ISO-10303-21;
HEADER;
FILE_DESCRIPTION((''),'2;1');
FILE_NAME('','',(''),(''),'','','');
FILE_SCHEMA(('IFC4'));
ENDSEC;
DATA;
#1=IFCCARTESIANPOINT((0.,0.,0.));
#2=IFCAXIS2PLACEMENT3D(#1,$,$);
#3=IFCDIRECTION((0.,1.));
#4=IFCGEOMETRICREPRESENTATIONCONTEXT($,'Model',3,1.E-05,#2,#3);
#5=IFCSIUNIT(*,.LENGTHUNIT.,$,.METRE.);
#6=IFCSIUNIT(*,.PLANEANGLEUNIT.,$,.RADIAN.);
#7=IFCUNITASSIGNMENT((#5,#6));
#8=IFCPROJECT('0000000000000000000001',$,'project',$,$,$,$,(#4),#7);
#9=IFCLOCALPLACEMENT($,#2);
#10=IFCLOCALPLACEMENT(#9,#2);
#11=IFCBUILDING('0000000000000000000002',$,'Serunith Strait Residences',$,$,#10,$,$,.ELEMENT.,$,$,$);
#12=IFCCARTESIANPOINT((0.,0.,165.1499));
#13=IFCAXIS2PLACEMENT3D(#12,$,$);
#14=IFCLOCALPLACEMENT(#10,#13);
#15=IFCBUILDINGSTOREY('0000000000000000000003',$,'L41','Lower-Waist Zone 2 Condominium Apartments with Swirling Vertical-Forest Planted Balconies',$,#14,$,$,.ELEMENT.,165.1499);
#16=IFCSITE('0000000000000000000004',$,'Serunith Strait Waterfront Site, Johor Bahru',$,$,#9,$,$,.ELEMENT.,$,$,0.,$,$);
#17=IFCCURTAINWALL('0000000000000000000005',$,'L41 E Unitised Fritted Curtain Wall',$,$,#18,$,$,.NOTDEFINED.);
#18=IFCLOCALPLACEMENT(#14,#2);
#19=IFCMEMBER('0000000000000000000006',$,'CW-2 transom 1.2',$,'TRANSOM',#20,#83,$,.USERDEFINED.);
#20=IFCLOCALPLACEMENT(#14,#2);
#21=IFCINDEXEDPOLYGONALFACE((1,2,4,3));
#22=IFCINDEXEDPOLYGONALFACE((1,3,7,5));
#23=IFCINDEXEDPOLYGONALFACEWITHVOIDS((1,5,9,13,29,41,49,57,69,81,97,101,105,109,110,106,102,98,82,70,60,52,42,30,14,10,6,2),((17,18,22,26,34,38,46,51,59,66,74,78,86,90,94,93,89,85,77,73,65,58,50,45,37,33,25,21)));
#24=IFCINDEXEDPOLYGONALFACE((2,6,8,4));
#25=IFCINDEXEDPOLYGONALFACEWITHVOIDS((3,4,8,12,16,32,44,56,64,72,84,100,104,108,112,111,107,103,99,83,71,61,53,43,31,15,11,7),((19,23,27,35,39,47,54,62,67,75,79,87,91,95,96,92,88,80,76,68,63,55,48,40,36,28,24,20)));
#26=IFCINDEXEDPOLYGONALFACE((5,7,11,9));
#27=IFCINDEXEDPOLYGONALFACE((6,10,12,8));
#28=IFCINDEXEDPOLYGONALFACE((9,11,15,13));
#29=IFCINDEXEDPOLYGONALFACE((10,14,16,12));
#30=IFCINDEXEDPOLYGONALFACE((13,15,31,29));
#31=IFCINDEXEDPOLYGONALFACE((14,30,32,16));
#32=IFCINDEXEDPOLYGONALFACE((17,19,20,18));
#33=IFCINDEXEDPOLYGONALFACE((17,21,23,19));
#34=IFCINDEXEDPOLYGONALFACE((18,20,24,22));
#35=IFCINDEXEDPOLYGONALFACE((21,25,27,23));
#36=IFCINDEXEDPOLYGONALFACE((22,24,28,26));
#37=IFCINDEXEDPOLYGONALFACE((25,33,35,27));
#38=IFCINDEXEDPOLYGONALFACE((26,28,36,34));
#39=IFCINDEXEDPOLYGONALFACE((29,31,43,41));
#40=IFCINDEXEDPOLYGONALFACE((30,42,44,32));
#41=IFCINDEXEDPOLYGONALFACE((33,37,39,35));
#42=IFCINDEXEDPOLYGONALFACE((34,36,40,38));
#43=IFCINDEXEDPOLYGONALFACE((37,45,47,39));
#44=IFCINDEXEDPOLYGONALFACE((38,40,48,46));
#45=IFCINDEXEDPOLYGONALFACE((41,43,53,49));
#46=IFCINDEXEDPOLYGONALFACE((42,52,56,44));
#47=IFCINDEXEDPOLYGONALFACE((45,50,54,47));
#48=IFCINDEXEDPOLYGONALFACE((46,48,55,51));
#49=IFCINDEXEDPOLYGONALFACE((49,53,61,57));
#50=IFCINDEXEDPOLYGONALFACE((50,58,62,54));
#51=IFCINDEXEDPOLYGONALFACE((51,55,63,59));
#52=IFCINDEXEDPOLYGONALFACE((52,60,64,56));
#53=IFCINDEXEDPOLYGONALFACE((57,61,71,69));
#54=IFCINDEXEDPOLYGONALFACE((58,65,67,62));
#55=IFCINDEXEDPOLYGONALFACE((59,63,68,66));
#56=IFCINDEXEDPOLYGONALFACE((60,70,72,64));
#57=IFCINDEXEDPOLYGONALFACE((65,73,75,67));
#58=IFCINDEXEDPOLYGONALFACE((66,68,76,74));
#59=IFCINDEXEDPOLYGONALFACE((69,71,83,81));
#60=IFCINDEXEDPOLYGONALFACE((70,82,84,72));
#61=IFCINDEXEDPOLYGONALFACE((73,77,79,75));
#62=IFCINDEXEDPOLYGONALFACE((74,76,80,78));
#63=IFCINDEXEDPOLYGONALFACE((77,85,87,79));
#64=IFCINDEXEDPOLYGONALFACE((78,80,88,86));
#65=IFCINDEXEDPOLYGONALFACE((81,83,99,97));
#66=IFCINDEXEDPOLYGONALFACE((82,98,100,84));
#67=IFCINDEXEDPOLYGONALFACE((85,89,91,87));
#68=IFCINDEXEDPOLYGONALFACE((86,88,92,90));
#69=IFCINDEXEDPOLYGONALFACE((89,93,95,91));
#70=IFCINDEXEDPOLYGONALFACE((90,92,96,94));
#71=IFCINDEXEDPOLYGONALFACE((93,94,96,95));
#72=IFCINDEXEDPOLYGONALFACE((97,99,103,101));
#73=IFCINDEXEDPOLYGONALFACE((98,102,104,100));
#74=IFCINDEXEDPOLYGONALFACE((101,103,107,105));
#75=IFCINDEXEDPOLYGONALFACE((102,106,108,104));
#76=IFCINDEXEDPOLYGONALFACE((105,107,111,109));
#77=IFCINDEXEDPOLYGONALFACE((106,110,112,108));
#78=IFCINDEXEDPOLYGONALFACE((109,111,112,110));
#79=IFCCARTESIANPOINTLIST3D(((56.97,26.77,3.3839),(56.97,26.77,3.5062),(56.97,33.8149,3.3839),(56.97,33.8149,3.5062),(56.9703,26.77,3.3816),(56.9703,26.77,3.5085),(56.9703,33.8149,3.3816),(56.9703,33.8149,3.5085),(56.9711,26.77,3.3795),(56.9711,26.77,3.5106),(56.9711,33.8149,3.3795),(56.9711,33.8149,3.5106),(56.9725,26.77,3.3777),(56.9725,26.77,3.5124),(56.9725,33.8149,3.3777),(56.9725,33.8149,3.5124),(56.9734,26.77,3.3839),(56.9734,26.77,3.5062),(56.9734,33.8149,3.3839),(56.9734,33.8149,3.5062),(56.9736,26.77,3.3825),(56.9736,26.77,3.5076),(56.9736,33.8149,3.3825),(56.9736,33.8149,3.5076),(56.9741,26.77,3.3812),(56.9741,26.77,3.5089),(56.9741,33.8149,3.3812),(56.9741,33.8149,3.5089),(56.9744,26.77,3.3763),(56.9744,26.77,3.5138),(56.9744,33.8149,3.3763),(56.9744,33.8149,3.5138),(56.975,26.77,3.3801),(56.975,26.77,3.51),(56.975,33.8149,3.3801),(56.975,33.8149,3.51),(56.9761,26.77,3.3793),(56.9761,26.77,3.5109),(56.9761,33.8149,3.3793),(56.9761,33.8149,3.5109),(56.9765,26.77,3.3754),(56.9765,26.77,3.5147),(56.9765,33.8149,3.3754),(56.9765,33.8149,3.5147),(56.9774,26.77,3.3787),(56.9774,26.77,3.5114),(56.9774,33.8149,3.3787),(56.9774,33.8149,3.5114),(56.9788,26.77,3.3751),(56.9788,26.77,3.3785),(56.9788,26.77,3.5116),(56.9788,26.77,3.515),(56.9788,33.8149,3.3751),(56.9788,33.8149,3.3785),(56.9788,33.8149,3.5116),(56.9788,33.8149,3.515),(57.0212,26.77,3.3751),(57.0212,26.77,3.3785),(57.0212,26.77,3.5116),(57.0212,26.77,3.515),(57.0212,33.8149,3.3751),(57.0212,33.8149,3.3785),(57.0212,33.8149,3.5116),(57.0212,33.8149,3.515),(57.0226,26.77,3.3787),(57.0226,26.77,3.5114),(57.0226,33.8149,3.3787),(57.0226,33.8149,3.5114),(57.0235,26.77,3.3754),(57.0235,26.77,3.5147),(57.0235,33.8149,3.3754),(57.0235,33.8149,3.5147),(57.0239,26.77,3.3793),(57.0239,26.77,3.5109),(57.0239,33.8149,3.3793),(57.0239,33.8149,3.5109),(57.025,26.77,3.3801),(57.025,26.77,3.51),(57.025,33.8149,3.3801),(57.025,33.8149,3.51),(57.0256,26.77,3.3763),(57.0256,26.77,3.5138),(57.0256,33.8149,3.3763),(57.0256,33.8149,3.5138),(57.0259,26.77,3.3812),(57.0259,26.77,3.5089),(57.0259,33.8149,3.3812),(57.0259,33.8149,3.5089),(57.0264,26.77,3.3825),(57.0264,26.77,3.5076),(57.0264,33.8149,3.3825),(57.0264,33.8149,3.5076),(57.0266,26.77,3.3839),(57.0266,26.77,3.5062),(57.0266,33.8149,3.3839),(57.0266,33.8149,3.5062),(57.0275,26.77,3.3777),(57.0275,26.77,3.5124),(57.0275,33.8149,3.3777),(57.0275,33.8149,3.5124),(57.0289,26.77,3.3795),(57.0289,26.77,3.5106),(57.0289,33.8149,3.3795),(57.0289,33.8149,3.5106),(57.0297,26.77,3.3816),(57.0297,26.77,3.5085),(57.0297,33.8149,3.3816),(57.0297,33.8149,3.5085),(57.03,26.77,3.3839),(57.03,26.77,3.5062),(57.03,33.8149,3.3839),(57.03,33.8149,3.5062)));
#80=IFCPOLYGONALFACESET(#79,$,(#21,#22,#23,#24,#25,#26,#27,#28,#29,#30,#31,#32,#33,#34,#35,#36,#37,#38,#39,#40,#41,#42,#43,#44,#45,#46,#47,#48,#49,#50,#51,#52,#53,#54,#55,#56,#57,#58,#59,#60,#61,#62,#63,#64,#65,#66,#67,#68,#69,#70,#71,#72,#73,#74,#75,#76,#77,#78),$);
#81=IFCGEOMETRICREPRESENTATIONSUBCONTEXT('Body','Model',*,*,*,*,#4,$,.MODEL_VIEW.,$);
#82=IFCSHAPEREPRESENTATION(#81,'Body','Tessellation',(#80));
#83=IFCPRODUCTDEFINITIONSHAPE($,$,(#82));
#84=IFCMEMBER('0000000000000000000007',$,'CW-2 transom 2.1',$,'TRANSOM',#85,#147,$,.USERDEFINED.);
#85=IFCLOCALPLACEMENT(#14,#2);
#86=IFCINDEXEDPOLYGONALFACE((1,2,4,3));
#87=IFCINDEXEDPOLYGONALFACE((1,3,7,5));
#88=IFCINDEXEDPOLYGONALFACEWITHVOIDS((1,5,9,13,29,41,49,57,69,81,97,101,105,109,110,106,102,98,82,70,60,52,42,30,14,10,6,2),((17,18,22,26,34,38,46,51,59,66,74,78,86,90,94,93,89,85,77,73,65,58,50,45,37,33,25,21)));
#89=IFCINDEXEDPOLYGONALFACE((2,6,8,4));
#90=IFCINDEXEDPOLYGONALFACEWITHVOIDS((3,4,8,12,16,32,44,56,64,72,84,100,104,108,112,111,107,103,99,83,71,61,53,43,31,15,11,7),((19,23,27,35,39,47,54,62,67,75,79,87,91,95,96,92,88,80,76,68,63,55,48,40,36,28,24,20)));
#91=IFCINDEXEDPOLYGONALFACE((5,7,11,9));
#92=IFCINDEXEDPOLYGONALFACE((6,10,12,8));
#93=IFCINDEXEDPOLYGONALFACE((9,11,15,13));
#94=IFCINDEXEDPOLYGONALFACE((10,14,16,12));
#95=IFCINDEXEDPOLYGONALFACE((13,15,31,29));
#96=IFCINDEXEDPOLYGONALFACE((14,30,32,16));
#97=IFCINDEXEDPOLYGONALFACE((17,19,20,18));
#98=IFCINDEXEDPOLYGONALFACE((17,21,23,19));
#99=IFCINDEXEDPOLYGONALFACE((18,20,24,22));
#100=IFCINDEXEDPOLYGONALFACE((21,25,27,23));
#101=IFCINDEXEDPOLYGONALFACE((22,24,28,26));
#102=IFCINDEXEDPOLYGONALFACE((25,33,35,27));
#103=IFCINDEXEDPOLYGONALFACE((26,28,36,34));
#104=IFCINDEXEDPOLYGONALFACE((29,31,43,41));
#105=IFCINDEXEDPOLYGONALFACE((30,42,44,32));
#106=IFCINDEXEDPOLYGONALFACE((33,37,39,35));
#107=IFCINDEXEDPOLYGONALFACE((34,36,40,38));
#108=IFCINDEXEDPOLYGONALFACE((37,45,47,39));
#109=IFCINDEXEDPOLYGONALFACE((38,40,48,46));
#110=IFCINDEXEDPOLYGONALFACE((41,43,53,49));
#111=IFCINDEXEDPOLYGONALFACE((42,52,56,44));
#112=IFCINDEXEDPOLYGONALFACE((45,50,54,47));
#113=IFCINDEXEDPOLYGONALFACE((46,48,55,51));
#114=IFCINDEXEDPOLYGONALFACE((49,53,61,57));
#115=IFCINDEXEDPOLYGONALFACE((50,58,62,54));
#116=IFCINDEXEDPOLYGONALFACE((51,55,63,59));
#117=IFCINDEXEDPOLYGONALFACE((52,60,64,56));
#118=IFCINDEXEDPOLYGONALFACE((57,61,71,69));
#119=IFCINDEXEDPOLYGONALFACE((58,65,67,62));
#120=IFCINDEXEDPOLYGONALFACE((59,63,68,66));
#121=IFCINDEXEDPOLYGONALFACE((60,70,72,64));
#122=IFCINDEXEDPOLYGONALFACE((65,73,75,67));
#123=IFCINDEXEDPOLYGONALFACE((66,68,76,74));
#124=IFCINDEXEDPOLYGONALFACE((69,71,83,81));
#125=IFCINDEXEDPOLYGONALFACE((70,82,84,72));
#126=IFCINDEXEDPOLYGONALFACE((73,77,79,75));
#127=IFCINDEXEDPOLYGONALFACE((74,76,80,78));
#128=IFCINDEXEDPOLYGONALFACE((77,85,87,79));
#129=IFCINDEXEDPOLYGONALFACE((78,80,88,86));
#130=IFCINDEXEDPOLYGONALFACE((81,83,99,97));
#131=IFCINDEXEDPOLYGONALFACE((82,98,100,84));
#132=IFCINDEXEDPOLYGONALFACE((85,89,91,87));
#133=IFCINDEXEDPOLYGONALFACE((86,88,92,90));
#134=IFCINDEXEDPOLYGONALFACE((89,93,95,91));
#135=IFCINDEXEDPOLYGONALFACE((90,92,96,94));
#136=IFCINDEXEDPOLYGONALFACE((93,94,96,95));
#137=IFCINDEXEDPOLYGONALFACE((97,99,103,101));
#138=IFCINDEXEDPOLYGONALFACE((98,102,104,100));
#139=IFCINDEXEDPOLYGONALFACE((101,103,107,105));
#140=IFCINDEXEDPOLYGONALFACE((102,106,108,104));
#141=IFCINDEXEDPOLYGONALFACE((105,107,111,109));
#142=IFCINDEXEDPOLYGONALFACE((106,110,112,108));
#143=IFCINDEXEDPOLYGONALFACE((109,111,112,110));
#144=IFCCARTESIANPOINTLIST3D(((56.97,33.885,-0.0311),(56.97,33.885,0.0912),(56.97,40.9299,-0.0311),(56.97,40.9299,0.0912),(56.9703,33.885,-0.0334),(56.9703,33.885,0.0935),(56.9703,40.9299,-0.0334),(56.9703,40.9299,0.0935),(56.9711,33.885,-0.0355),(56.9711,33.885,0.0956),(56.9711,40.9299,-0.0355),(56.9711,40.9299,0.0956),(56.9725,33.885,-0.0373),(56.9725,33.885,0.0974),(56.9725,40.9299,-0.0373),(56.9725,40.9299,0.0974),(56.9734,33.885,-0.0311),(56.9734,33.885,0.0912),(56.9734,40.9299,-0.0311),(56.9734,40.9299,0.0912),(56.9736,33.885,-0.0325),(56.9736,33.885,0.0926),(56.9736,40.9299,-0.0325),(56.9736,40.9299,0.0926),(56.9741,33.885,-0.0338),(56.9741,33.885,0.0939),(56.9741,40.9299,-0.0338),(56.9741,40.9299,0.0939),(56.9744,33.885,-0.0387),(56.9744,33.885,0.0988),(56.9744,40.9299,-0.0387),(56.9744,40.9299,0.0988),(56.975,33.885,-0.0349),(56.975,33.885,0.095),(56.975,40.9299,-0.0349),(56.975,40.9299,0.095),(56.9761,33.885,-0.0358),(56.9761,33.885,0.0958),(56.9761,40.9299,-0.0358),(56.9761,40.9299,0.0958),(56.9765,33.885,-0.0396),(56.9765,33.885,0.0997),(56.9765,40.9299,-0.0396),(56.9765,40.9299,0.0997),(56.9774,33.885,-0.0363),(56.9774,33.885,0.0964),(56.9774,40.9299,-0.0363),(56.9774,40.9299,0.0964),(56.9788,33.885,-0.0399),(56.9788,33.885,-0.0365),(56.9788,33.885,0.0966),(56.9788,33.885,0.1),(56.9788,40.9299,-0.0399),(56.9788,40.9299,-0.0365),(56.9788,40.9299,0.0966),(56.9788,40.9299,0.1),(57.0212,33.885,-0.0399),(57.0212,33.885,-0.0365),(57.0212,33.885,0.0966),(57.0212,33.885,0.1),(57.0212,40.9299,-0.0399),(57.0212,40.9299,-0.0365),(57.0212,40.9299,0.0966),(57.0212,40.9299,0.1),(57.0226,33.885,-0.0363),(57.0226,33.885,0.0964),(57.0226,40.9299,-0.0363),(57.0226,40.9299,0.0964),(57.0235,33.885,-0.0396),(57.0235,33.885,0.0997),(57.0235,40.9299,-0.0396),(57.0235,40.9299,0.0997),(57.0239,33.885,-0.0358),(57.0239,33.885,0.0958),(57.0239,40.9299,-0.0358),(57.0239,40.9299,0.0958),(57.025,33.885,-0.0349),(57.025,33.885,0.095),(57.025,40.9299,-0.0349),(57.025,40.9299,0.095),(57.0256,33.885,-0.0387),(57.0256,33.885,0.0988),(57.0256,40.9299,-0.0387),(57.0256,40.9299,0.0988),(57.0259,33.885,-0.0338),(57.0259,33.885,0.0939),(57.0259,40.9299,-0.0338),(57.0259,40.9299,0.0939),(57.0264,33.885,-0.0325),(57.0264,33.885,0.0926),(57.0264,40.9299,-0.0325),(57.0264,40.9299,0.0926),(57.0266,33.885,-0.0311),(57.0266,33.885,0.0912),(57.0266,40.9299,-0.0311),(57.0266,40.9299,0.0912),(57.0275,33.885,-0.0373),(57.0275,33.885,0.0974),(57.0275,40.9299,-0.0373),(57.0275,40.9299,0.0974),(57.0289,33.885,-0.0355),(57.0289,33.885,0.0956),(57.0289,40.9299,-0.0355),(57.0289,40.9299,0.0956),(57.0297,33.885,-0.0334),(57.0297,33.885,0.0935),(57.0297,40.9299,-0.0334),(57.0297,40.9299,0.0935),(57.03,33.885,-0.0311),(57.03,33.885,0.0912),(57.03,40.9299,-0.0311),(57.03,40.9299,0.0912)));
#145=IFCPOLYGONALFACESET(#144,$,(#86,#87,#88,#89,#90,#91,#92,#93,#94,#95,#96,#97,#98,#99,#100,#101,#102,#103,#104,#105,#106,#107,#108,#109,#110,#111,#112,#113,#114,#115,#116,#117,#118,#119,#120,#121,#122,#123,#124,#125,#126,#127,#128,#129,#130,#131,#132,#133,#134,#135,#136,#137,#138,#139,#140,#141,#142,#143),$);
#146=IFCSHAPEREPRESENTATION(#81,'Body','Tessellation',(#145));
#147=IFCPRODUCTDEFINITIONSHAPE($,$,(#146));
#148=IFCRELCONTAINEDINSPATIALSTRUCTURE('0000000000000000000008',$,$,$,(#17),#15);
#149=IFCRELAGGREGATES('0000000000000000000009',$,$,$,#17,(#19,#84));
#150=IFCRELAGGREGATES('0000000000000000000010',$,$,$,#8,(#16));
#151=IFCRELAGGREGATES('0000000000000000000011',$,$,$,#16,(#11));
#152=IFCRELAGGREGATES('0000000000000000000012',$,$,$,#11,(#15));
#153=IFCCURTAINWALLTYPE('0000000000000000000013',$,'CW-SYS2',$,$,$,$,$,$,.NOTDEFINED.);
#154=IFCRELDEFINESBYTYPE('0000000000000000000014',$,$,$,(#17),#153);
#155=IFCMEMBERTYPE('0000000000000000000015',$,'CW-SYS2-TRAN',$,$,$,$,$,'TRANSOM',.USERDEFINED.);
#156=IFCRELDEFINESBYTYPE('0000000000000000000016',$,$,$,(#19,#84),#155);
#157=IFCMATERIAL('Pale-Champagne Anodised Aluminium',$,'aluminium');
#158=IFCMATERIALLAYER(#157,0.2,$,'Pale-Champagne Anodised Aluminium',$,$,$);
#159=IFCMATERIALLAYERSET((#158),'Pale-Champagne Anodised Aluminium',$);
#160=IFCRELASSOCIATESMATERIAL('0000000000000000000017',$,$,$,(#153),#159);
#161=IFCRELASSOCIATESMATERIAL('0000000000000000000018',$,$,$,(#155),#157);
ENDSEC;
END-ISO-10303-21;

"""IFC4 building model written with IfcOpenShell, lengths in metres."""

from ifc_helpers import new_model, si_unit, direction, frame, origin, origin_2d, place, context, subcontext, project, spatial, hollow_rectangle, extrude, source, transform, mapped, material, layer, layer_set, material_profile, profile_set, type_object, element, aggregate, save


model = new_model("IFC4")

# Units and contexts
model_context = context("Model", 3, precision=1e-05, world=origin(), true_north=direction((0.0, 1.0)))
body_context = subcontext(model_context, "Body", "Model", "MODEL_VIEW")
ifc_project = project(units=[si_unit("LENGTHUNIT", "METRE"), si_unit("PLANEANGLEUNIT", "RADIAN")], contexts=[model_context])

# Site, building, storey
site_placement = place(None, origin())
site = spatial("IfcSite", under=ifc_project, at=site_placement, Name="Serunith Strait Waterfront Site, Johor Bahru", CompositionType="ELEMENT", RefElevation=0.0)
building_placement = place(site_placement, origin())
building = spatial("IfcBuilding", under=site, at=building_placement, Name="Serunith Strait Residences", CompositionType="ELEMENT")
storey_placement = place(building_placement, frame((0.0, 0.0, 165.1499)))
storey = spatial("IfcBuildingStorey", under=building, at=storey_placement, Name="L41", Description="Lower-Waist Zone 2 Condominium Apartments with Swirling Vertical-Forest Planted Balconies", CompositionType="ELEMENT", Elevation=165.1499)

# Shared definitions
ifc_material_1 = material(Name="Pale-Champagne Anodised Aluminium", Category="aluminium")
ifc_layer_1 = layer(ifc_material_1, 0.2, Name="Pale-Champagne Anodised Aluminium")
ifc_layer_set_1 = layer_set([ifc_layer_1], Name="Pale-Champagne Anodised Aluminium")
curtain_wall_type = type_object("IfcCurtainWallType", Name="CW-SYS2", PredefinedType="NOTDEFINED", material=ifc_layer_set_1)

# Curtain wall, members
curtain_wall_1_placement = place(storey_placement, origin())
curtain_wall_1 = element("IfcCurtainWall", 1, at=curtain_wall_1_placement, inside=storey, type_object=curtain_wall_type, Name="L41 E Unitised Fritted Curtain Wall", PredefinedType="NOTDEFINED")
ifc_material_profile_1 = material_profile(ifc_material_1, hollow_rectangle(XDim=0.0601, YDim=0.1399, WallThickness=0.0034, InnerFilletRadius=0.0054, OuterFilletRadius=0.0088, at=origin_2d()), Name="ALU 140x60x3.5")
ifc_profile_set_1 = profile_set([ifc_material_profile_1], Name="Pale-Champagne Anodised Aluminium")
member_type_1 = type_object("IfcMemberType", Name="CW-SYS2-TRAN", ElementType="TRANSOM", PredefinedType="USERDEFINED", material=ifc_profile_set_1)
shared_shape_1 = source(origin(), body_context, "Body", "SweptSolid", [
    extrude(hollow_rectangle(XDim=0.0601, YDim=0.1399, WallThickness=0.0034, InnerFilletRadius=0.0054, OuterFilletRadius=0.0088, at=origin_2d()), origin(), (0.0, 0.0, 1.0), 7.0449),
])
member_1_placement = place(storey_placement, frame((57.0, 26.77, 3.4451), z_axis=(0.0, 1.0, 0.0), x_axis=(-1.0, 0.0, 0.0)))
member_1 = element("IfcMember", 2, at=member_1_placement, type_object=member_type_1, Name="CW-2 transom 1.2", ObjectType="TRANSOM", PredefinedType="USERDEFINED", context=body_context, shape_type="MappedRepresentation", body=[
    mapped(shared_shape_1, transform((0.0, 0.0, 0.0), scale=1.0)),
])
member_2_placement = place(storey_placement, frame((57.0, 33.885, 0.03), z_axis=(0.0, 1.0, 0.0), x_axis=(-1.0, 0.0, 0.0)))
member_2 = element("IfcMember", 3, at=member_2_placement, type_object=member_type_1, Name="CW-2 transom 2.1", ObjectType="TRANSOM", PredefinedType="USERDEFINED", context=body_context, shape_type="MappedRepresentation", body=[
    mapped(shared_shape_1, transform((0.0, 0.0, 0.0), scale=1.0)),
])
aggregate(curtain_wall_1, [member_1, member_2])

save(model, "model.ifc")
